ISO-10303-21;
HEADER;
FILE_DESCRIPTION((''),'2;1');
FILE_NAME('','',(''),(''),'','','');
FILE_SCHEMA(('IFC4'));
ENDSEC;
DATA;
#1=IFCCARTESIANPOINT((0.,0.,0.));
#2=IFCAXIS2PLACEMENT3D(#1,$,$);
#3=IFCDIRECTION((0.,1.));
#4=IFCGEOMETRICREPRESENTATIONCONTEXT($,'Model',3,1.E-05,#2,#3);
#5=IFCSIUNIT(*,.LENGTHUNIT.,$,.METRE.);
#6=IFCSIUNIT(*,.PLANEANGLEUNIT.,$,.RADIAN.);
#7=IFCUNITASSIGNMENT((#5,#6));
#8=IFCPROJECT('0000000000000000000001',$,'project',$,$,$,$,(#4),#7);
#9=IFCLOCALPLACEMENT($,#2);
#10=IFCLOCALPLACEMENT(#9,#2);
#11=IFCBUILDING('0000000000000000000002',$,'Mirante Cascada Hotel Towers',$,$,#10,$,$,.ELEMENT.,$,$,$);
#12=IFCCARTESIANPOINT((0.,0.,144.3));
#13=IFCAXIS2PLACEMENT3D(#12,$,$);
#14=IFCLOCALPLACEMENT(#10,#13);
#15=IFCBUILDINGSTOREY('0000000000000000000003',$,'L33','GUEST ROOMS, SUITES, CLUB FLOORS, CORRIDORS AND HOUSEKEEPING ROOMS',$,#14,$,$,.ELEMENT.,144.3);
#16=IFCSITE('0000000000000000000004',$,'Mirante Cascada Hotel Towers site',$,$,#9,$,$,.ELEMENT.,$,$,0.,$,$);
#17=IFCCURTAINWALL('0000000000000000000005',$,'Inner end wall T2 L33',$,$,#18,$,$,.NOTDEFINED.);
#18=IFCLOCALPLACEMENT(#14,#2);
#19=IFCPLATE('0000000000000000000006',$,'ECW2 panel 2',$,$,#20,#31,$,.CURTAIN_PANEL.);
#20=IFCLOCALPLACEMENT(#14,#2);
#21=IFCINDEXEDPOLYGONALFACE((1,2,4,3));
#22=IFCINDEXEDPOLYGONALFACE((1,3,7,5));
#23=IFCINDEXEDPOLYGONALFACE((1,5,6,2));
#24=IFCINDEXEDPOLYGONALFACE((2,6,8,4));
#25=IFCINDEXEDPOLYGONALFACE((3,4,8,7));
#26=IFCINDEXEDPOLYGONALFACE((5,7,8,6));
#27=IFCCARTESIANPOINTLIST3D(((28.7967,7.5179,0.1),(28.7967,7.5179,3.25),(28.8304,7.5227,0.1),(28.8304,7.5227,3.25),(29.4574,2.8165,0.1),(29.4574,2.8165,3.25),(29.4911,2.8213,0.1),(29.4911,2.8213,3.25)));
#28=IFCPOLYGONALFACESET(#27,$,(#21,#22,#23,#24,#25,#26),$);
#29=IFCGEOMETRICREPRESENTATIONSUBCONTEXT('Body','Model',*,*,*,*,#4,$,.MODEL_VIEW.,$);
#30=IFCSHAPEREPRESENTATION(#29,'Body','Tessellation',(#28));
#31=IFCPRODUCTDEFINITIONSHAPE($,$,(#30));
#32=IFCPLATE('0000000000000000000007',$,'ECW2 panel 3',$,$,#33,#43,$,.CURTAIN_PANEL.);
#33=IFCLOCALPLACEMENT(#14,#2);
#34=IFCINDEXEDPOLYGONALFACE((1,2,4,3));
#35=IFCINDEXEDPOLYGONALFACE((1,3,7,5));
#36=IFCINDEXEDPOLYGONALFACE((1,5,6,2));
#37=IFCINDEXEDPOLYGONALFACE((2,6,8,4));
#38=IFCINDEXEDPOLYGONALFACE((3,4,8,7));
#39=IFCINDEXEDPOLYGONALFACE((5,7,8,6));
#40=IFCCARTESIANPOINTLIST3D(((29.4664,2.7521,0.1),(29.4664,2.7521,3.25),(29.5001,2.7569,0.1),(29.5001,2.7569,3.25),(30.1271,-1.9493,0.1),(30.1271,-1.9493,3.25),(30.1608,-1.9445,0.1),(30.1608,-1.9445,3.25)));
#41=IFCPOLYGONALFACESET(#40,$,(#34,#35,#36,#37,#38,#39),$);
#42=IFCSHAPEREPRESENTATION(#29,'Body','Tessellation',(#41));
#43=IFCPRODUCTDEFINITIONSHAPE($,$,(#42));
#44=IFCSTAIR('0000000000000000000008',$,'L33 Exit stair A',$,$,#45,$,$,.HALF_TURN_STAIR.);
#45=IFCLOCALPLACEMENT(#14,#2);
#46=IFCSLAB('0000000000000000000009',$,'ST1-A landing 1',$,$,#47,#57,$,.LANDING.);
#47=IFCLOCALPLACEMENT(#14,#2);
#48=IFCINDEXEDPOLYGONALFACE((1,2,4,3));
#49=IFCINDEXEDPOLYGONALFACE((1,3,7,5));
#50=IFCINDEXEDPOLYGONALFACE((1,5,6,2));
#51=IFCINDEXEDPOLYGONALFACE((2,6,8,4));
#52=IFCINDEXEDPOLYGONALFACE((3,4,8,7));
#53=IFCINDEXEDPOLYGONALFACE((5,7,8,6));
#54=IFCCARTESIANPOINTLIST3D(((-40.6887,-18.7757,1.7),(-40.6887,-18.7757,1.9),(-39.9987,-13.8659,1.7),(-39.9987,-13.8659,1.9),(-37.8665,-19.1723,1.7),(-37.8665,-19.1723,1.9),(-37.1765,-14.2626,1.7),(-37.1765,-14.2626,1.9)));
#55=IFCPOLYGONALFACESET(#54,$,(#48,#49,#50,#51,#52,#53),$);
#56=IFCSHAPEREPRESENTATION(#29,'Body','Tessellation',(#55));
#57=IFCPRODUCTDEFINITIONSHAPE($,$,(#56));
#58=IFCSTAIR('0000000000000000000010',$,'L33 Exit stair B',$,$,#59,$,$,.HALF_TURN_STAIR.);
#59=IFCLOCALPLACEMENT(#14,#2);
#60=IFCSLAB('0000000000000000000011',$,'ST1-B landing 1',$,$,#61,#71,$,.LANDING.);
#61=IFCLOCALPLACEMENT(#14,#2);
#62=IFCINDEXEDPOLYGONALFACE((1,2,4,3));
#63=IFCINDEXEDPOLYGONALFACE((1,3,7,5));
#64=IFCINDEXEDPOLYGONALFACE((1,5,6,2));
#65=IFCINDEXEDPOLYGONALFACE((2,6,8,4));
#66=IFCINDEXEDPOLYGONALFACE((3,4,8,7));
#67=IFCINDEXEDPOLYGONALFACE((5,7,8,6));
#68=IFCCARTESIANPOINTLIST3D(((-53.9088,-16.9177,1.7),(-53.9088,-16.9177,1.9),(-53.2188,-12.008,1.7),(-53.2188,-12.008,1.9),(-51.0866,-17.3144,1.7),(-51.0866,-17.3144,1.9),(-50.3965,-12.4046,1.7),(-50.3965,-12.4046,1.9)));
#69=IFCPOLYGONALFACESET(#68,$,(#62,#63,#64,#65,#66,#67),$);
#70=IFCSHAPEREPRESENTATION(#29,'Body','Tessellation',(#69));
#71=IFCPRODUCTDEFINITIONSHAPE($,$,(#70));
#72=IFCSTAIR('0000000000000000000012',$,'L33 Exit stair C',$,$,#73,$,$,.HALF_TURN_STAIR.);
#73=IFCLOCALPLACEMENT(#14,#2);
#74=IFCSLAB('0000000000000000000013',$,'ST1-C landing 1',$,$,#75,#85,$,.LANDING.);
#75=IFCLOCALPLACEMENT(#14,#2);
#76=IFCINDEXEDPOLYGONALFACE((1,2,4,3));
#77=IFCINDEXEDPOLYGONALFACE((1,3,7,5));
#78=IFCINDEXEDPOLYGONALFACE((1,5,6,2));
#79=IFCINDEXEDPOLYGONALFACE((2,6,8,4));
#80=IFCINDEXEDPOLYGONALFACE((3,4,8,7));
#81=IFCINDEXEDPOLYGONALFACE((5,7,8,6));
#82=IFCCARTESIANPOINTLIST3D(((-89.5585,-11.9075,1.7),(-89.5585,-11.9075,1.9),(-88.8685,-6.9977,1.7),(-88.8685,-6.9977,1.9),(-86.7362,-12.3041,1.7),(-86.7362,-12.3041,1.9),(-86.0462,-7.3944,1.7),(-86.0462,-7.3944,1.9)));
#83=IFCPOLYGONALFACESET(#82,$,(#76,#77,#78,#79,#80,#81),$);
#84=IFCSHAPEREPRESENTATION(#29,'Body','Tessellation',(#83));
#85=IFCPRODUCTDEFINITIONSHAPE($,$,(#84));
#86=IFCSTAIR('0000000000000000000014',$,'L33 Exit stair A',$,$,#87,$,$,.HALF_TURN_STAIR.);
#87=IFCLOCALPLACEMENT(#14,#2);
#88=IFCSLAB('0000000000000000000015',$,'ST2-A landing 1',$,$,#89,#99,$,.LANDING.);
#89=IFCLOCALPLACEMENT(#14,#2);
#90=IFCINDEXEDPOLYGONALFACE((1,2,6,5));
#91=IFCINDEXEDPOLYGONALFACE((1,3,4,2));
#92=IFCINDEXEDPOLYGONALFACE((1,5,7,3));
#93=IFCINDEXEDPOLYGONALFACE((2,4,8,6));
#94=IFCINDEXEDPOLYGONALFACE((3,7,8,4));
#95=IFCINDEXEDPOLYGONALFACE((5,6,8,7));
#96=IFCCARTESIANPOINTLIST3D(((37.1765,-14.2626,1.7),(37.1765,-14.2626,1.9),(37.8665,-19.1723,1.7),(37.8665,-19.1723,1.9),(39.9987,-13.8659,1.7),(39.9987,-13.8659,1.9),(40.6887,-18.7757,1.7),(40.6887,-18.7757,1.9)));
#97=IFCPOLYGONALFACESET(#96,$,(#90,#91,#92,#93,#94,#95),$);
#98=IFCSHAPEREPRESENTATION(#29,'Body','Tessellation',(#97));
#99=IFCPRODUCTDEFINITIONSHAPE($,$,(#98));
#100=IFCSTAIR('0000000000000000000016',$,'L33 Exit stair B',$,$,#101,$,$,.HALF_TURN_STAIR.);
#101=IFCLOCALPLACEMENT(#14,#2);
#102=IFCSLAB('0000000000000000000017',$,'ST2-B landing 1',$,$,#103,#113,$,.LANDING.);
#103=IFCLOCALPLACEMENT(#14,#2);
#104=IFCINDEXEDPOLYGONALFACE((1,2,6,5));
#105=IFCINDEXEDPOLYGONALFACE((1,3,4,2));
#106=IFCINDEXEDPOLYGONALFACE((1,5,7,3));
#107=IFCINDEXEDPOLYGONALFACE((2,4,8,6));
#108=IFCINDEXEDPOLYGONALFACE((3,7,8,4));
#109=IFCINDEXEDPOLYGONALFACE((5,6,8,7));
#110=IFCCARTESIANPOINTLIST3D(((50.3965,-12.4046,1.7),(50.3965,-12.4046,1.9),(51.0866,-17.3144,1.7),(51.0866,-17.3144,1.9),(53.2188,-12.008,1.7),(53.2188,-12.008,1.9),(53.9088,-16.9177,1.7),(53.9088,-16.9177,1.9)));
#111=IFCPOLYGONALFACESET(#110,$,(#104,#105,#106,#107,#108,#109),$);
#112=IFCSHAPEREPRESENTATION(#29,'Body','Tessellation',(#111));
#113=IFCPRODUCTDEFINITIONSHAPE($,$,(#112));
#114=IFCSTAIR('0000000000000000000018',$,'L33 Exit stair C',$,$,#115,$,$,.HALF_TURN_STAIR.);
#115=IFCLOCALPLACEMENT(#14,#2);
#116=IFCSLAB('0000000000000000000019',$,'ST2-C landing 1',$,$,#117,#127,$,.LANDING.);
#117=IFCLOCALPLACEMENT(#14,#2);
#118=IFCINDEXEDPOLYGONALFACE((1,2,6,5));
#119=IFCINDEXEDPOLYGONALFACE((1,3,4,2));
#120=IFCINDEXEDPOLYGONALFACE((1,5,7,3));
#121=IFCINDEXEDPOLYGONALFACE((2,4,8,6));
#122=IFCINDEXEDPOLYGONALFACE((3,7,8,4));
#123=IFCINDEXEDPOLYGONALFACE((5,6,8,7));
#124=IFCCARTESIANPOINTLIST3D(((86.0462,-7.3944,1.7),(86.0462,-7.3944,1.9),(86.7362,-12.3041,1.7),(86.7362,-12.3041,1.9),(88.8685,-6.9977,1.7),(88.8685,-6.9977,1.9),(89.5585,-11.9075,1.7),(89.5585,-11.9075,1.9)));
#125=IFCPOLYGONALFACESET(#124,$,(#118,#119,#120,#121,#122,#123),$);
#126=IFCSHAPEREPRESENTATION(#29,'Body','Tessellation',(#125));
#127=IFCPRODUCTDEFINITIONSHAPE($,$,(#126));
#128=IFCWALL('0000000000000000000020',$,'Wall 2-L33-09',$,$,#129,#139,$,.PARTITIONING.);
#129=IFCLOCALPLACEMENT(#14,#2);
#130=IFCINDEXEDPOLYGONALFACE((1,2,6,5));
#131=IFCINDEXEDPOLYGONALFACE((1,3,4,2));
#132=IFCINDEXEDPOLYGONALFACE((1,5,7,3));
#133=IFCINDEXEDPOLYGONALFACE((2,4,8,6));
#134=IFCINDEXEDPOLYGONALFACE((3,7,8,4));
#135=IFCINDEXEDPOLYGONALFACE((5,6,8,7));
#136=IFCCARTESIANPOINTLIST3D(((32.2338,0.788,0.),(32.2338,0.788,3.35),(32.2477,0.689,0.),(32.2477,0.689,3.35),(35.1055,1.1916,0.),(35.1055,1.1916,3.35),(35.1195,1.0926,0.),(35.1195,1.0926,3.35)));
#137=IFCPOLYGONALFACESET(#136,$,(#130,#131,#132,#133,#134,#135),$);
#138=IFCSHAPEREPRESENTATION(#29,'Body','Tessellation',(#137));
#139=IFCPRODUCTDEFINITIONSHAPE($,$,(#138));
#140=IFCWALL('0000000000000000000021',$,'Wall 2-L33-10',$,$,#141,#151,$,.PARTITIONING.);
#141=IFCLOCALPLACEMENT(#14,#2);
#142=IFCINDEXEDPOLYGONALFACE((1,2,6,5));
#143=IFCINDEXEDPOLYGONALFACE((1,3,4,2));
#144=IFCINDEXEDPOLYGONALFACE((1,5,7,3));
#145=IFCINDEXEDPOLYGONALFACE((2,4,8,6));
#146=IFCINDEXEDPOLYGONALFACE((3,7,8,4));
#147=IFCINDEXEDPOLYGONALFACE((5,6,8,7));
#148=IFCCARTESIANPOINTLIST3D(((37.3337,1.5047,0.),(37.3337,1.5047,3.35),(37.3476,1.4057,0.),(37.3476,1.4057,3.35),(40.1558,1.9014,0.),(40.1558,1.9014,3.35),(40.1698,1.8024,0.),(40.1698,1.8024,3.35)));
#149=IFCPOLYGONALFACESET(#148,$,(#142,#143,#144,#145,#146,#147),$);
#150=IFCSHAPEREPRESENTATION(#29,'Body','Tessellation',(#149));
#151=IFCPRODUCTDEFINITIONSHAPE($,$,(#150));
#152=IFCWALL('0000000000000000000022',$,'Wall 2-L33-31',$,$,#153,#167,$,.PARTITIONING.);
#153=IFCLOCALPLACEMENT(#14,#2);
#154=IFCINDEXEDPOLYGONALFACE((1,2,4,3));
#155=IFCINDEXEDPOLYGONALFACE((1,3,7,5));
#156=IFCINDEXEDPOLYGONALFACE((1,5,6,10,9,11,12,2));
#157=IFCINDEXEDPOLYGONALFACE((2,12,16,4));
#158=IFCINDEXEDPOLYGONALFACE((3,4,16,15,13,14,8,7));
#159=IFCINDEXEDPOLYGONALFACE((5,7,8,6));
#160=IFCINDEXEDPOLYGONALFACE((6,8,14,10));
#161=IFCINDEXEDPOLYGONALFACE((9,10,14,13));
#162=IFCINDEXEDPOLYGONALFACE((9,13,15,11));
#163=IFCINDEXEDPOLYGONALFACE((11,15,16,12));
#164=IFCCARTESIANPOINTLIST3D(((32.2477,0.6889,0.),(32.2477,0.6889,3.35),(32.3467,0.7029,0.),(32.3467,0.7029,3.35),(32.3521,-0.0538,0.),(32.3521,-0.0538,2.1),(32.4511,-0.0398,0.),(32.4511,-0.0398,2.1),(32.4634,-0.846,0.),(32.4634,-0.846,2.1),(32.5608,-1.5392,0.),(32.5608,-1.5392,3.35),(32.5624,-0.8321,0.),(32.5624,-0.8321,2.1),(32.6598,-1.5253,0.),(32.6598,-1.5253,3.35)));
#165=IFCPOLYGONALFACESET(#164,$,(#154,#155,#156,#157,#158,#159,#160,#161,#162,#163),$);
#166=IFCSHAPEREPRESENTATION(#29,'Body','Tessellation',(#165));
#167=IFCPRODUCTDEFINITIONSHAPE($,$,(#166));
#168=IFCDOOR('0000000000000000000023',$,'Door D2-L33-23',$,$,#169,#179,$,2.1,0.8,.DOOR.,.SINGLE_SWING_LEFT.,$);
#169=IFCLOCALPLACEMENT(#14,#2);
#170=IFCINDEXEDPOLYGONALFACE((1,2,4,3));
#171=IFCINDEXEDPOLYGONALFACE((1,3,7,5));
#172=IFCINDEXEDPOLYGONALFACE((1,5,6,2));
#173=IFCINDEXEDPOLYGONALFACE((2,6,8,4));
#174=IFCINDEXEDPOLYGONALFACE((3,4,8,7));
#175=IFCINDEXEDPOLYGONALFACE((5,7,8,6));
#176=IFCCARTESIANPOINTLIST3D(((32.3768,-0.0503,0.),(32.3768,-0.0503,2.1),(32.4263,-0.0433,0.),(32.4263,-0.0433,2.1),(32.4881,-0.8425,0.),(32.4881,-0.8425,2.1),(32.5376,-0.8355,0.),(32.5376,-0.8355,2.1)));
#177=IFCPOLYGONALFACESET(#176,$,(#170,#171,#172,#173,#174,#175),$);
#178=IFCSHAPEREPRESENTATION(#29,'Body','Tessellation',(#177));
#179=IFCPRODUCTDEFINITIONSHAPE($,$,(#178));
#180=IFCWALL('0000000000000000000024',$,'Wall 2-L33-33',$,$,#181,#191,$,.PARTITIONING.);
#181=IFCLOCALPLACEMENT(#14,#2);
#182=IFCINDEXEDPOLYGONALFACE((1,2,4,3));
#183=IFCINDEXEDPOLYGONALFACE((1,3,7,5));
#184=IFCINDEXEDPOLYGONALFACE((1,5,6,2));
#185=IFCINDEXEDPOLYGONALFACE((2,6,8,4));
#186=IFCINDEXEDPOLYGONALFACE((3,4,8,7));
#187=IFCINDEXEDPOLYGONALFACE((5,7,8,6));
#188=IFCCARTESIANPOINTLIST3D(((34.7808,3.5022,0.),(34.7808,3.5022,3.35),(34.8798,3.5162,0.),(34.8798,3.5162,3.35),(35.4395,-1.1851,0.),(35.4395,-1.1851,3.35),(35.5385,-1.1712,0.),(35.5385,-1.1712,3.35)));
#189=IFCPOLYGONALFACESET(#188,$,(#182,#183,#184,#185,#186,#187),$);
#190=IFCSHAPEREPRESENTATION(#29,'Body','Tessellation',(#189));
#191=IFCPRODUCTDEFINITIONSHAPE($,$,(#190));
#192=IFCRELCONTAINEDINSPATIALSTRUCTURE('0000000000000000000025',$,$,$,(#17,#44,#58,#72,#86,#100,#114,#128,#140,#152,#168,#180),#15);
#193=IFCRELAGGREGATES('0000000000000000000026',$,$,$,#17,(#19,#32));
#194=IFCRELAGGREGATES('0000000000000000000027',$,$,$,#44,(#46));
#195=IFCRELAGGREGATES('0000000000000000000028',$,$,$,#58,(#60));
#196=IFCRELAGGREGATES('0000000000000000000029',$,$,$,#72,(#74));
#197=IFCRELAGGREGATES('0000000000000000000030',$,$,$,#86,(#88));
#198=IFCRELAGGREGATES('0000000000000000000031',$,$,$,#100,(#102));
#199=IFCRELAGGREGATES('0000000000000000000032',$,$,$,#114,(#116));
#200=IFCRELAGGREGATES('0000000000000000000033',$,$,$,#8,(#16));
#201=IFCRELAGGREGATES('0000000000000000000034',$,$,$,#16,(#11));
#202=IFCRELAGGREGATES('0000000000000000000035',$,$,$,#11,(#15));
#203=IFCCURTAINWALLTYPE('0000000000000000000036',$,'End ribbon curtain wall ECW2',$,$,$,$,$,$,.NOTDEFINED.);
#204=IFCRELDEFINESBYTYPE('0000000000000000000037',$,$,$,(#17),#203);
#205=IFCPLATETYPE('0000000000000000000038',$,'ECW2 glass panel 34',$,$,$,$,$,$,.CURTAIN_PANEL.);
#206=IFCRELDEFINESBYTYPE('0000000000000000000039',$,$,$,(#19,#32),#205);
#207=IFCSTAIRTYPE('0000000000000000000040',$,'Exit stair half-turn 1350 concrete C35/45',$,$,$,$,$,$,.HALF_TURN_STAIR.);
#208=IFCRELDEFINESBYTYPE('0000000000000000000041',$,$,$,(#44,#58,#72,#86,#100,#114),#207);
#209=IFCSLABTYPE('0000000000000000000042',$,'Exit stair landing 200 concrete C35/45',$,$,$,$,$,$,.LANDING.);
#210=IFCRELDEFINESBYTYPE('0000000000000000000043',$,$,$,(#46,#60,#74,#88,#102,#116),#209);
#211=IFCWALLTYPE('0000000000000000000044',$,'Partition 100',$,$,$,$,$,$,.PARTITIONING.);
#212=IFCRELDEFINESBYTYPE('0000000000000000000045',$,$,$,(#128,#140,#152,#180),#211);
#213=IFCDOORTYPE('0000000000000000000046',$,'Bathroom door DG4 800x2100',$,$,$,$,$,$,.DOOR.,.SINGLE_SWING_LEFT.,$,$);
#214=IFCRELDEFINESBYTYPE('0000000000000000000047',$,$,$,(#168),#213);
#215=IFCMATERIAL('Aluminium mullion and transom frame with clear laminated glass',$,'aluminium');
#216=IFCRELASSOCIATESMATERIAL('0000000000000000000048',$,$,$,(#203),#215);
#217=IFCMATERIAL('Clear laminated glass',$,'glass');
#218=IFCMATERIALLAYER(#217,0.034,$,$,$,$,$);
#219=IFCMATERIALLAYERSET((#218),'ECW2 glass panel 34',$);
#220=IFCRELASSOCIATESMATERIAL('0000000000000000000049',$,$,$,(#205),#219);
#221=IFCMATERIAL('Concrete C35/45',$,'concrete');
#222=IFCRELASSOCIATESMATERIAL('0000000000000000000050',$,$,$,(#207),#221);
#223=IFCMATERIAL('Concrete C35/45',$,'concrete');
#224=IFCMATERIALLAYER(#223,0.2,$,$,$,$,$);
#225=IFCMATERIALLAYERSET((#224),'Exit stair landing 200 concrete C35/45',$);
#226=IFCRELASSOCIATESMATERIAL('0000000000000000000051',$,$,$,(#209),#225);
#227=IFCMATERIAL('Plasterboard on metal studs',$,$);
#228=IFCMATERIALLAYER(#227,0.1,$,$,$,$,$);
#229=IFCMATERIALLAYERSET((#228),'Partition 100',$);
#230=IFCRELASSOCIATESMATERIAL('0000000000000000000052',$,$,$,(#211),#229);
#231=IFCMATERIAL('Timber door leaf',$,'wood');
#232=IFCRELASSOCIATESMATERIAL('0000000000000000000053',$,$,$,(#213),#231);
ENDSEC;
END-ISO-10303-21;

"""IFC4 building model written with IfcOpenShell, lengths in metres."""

from ifc_helpers import new_model, si_unit, direction, frame, frame_2d, origin, origin_2d, place, context, subcontext, project, spatial, polyline, rectangle, outline, extrude, material, layer, layer_set, type_object, element, fill, aggregate, save


model = new_model("IFC4")

# Units and contexts
model_context = context("Model", 3, precision=1e-05, world=origin(), true_north=direction((0.0, 1.0)))
body_context = subcontext(model_context, "Body", "Model", "MODEL_VIEW")
ifc_project = project(units=[si_unit("LENGTHUNIT", "METRE"), si_unit("PLANEANGLEUNIT", "RADIAN")], contexts=[model_context])

# Site, building, storey
site_placement = place(None, origin())
site = spatial("IfcSite", under=ifc_project, at=site_placement, Name="Mirante Cascada Hotel Towers site", CompositionType="ELEMENT", RefElevation=0.0)
building_placement = place(site_placement, origin())
building = spatial("IfcBuilding", under=site, at=building_placement, Name="Mirante Cascada Hotel Towers", CompositionType="ELEMENT")
storey_placement = place(building_placement, frame((0.0, 0.0, 144.3)))
storey = spatial("IfcBuildingStorey", under=building, at=storey_placement, Name="L33", Description="GUEST ROOMS, SUITES, CLUB FLOORS, CORRIDORS AND HOUSEKEEPING ROOMS", CompositionType="ELEMENT", Elevation=144.3)

# Curtain wall
ifc_material_1 = material(Name="Aluminium mullion and transom frame with clear laminated glass", Category="aluminium")
curtain_wall_type_1 = type_object("IfcCurtainWallType", Name="End ribbon curtain wall ECW2", PredefinedType="NOTDEFINED", material=ifc_material_1)
curtain_wall_1_placement = place(storey_placement, origin())
curtain_wall_1 = element("IfcCurtainWall", 1, at=curtain_wall_1_placement, inside=storey, type_object=curtain_wall_type_1, Name="Inner end wall T2 L33", PredefinedType="NOTDEFINED")

# Plates
ifc_material_2 = material(Name="Clear laminated glass", Category="glass")
ifc_layer_1 = layer(ifc_material_2, 0.034)
ifc_layer_set_1 = layer_set([ifc_layer_1], Name="ECW2 glass panel 34")
plate_type_1 = type_object("IfcPlateType", Name="ECW2 glass panel 34", PredefinedType="CURTAIN_PANEL", material=ifc_layer_set_1)
plate_1_placement = place(storey_placement, frame((29.1439, 5.1696, 0.1), z_axis=(0.0, 0.0, 1.0), x_axis=(0.139173, -0.990268, 0.0)))
plate_1 = element("IfcPlate", 2, at=plate_1_placement, type_object=plate_type_1, Name="ECW2 panel 2", PredefinedType="CURTAIN_PANEL", context=body_context, shape_type="SweptSolid", body=[
    extrude(rectangle(XDim=4.7476, YDim=0.034, at=origin_2d()), origin(), (0.0, 0.0, 1.0), 3.15),
])
plate_2_placement = place(storey_placement, frame((29.8136, 0.4038, 0.1), z_axis=(0.0, 0.0, 1.0), x_axis=(0.139173, -0.990268, 0.0)))
plate_2 = element("IfcPlate", 3, at=plate_2_placement, type_object=plate_type_1, Name="ECW2 panel 3", PredefinedType="CURTAIN_PANEL", context=body_context, shape_type="SweptSolid", body=[
    extrude(rectangle(XDim=4.7476, YDim=0.034, at=origin_2d()), origin(), (0.0, 0.0, 1.0), 3.15),
])
aggregate(curtain_wall_1, [plate_1, plate_2])

# Stairs, slabs
ifc_material_3 = material(Name="Concrete C35/45", Category="concrete")
stair_type = type_object("IfcStairType", Name="Exit stair half-turn 1350 concrete C35/45", PredefinedType="HALF_TURN_STAIR", material=ifc_material_3)
stair_1_placement = place(storey_placement, origin())
stair_1 = element("IfcStair", 4, at=stair_1_placement, inside=storey, type_object=stair_type, Name="L33 Exit stair A", PredefinedType="HALF_TURN_STAIR")
ifc_material_4 = material(Name="Concrete C35/45", Category="concrete")
ifc_layer_2 = layer(ifc_material_4, 0.2)
ifc_layer_set_2 = layer_set([ifc_layer_2], Name="Exit stair landing 200 concrete C35/45")
slab_type = type_object("IfcSlabType", Name="Exit stair landing 200 concrete C35/45", PredefinedType="LANDING", material=ifc_layer_set_2)
slab_1_placement = place(storey_placement, frame((0.0, 0.0, 1.7)))
slab_1 = element("IfcSlab", 5, at=slab_1_placement, type_object=slab_type, Name="ST1-A landing 1", PredefinedType="LANDING", context=body_context, shape_type="SweptSolid", body=[
    extrude(outline(polyline([(-39.9987, -13.8659), (-40.6887, -18.7757), (-37.8665, -19.1723), (-37.1765, -14.2626), (-39.9987, -13.8659)])), origin(), (0.0, 0.0, 1.0), 0.2),
])
aggregate(stair_1, [slab_1])
stair_2_placement = place(storey_placement, origin())
stair_2 = element("IfcStair", 6, at=stair_2_placement, inside=storey, type_object=stair_type, Name="L33 Exit stair B", PredefinedType="HALF_TURN_STAIR")
slab_2_placement = place(storey_placement, frame((0.0, 0.0, 1.7)))
slab_2 = element("IfcSlab", 7, at=slab_2_placement, type_object=slab_type, Name="ST1-B landing 1", PredefinedType="LANDING", context=body_context, shape_type="SweptSolid", body=[
    extrude(outline(polyline([(-53.2188, -12.008), (-53.9088, -16.9177), (-51.0866, -17.3144), (-50.3965, -12.4046), (-53.2188, -12.008)])), origin(), (0.0, 0.0, 1.0), 0.2),
])
aggregate(stair_2, [slab_2])
stair_3_placement = place(storey_placement, origin())
stair_3 = element("IfcStair", 8, at=stair_3_placement, inside=storey, type_object=stair_type, Name="L33 Exit stair C", PredefinedType="HALF_TURN_STAIR")
slab_3_placement = place(storey_placement, frame((0.0, 0.0, 1.7)))
slab_3 = element("IfcSlab", 9, at=slab_3_placement, type_object=slab_type, Name="ST1-C landing 1", PredefinedType="LANDING", context=body_context, shape_type="SweptSolid", body=[
    extrude(outline(polyline([(-88.8685, -6.9977), (-89.5585, -11.9075), (-86.7362, -12.3041), (-86.0462, -7.3944), (-88.8685, -6.9977)])), origin(), (0.0, 0.0, 1.0), 0.2),
])
aggregate(stair_3, [slab_3])
stair_4_placement = place(storey_placement, origin())
stair_4 = element("IfcStair", 10, at=stair_4_placement, inside=storey, type_object=stair_type, Name="L33 Exit stair A", PredefinedType="HALF_TURN_STAIR")
slab_4_placement = place(storey_placement, frame((0.0, 0.0, 1.7)))
slab_4 = element("IfcSlab", 11, at=slab_4_placement, type_object=slab_type, Name="ST2-A landing 1", PredefinedType="LANDING", context=body_context, shape_type="SweptSolid", body=[
    extrude(outline(polyline([(37.1765, -14.2626), (37.8665, -19.1723), (40.6887, -18.7757), (39.9987, -13.8659), (37.1765, -14.2626)])), origin(), (0.0, 0.0, 1.0), 0.2),
])
aggregate(stair_4, [slab_4])
stair_5_placement = place(storey_placement, origin())
stair_5 = element("IfcStair", 12, at=stair_5_placement, inside=storey, type_object=stair_type, Name="L33 Exit stair B", PredefinedType="HALF_TURN_STAIR")
slab_5_placement = place(storey_placement, frame((0.0, 0.0, 1.7)))
slab_5 = element("IfcSlab", 13, at=slab_5_placement, type_object=slab_type, Name="ST2-B landing 1", PredefinedType="LANDING", context=body_context, shape_type="SweptSolid", body=[
    extrude(outline(polyline([(50.3965, -12.4046), (51.0866, -17.3144), (53.9088, -16.9177), (53.2188, -12.008), (50.3965, -12.4046)])), origin(), (0.0, 0.0, 1.0), 0.2),
])
aggregate(stair_5, [slab_5])
stair_6_placement = place(storey_placement, origin())
stair_6 = element("IfcStair", 14, at=stair_6_placement, inside=storey, type_object=stair_type, Name="L33 Exit stair C", PredefinedType="HALF_TURN_STAIR")
slab_6_placement = place(storey_placement, frame((0.0, 0.0, 1.7)))
slab_6 = element("IfcSlab", 15, at=slab_6_placement, type_object=slab_type, Name="ST2-C landing 1", PredefinedType="LANDING", context=body_context, shape_type="SweptSolid", body=[
    extrude(outline(polyline([(86.0462, -7.3944), (86.7362, -12.3041), (89.5585, -11.9075), (88.8685, -6.9977), (86.0462, -7.3944)])), origin(), (0.0, 0.0, 1.0), 0.2),
])
aggregate(stair_6, [slab_6])

# Walls
ifc_material_5 = material(Name="Plasterboard on metal studs")
ifc_layer_3 = layer(ifc_material_5, 0.1)
ifc_layer_set_3 = layer_set([ifc_layer_3], Name="Partition 100")
wall_type_1 = type_object("IfcWallType", Name="Partition 100", PredefinedType="PARTITIONING", material=ifc_layer_set_3)
wall_1_placement = place(storey_placement, frame((35.1125, 1.1421, 0.0), z_axis=(0.0, 0.0, 1.0), x_axis=(-0.990268, -0.139171, 0.0)))
element("IfcWall", 16, at=wall_1_placement, inside=storey, type_object=wall_type_1, Name="Wall 2-L33-09", PredefinedType="PARTITIONING", context=body_context, shape_type="SweptSolid", body=[
    extrude(rectangle(XDim=2.9, YDim=0.1, at=frame_2d((1.45, 0.0))), origin(), (0.0, 0.0, 1.0), 3.35),
])
wall_2_placement = place(storey_placement, frame((37.3406, 1.4552, 0.0), z_axis=(0.0, 0.0, 1.0), x_axis=(0.990265, 0.139196, 0.0)))
element("IfcWall", 17, at=wall_2_placement, inside=storey, type_object=wall_type_1, Name="Wall 2-L33-10", PredefinedType="PARTITIONING", context=body_context, shape_type="SweptSolid", body=[
    extrude(rectangle(XDim=2.8499, YDim=0.1, at=frame_2d((1.425, 0.0))), origin(), (0.0, 0.0, 1.0), 3.35),
])

# Wall, opening, door
wall_3_placement = place(storey_placement, frame((32.2972, 0.6959, 0.0), z_axis=(0.0, 0.0, 1.0), x_axis=(0.139156, -0.990271, 0.0)))
wall_3 = element("IfcWall", 18, at=wall_3_placement, inside=storey, type_object=wall_type_1, Name="Wall 2-L33-31", PredefinedType="PARTITIONING", context=body_context, shape_type="SweptSolid", body=[
    extrude(rectangle(XDim=2.25, YDim=0.1, at=frame_2d((1.125, 0.0))), origin(), (0.0, 0.0, 1.0), 3.35),
])
opening_1_placement = place(wall_3_placement, frame((0.75, 0.0, 0.0)))
opening_1 = element("IfcOpeningElement", 19, at=opening_1_placement, cuts=wall_3, PredefinedType="OPENING", context=body_context, shape_type="SweptSolid", body=[
    extrude(rectangle(XDim=0.8, YDim=2.1, at=frame_2d((0.4, 1.05))), frame((0.0, 0.05, 0.0), z_axis=(0.0, -1.0, 0.0), x_axis=(1.0, 0.0, 0.0)), (0.0, 0.0, 1.0), 0.1),
])
ifc_material_6 = material(Name="Timber door leaf", Category="wood")
door_type = type_object("IfcDoorType", Name="Bathroom door DG4 800x2100", OperationType="SINGLE_SWING_LEFT", PredefinedType="DOOR", material=ifc_material_6)
door_placement = place(opening_1_placement, origin())
door = element("IfcDoor", 20, at=door_placement, inside=storey, type_object=door_type, Name="Door D2-L33-23", OperationType="SINGLE_SWING_LEFT", OverallHeight=2.1, OverallWidth=0.8, PredefinedType="DOOR", context=body_context, shape_type="SweptSolid", body=[
    extrude(rectangle(XDim=0.8, YDim=2.1, at=frame_2d((0.4, 1.05))), frame((0.0, 0.025, 0.0), z_axis=(0.0, -1.0, 0.0), x_axis=(1.0, 0.0, 0.0)), (0.0, 0.0, 1.0), 0.05),
])
fill(opening_1, door)

# Wall
wall_4_placement = place(storey_placement, frame((34.8303, 3.5092, 0.0), z_axis=(0.0, 0.0, 1.0), x_axis=(0.139161, -0.99027, 0.0)))
element("IfcWall", 21, at=wall_4_placement, inside=storey, type_object=wall_type_1, Name="Wall 2-L33-33", PredefinedType="PARTITIONING", context=body_context, shape_type="SweptSolid", body=[
    extrude(rectangle(XDim=4.7334, YDim=0.1, at=frame_2d((2.3667, 0.0))), origin(), (0.0, 0.0, 1.0), 3.35),
])

save(model, "model.ifc")
